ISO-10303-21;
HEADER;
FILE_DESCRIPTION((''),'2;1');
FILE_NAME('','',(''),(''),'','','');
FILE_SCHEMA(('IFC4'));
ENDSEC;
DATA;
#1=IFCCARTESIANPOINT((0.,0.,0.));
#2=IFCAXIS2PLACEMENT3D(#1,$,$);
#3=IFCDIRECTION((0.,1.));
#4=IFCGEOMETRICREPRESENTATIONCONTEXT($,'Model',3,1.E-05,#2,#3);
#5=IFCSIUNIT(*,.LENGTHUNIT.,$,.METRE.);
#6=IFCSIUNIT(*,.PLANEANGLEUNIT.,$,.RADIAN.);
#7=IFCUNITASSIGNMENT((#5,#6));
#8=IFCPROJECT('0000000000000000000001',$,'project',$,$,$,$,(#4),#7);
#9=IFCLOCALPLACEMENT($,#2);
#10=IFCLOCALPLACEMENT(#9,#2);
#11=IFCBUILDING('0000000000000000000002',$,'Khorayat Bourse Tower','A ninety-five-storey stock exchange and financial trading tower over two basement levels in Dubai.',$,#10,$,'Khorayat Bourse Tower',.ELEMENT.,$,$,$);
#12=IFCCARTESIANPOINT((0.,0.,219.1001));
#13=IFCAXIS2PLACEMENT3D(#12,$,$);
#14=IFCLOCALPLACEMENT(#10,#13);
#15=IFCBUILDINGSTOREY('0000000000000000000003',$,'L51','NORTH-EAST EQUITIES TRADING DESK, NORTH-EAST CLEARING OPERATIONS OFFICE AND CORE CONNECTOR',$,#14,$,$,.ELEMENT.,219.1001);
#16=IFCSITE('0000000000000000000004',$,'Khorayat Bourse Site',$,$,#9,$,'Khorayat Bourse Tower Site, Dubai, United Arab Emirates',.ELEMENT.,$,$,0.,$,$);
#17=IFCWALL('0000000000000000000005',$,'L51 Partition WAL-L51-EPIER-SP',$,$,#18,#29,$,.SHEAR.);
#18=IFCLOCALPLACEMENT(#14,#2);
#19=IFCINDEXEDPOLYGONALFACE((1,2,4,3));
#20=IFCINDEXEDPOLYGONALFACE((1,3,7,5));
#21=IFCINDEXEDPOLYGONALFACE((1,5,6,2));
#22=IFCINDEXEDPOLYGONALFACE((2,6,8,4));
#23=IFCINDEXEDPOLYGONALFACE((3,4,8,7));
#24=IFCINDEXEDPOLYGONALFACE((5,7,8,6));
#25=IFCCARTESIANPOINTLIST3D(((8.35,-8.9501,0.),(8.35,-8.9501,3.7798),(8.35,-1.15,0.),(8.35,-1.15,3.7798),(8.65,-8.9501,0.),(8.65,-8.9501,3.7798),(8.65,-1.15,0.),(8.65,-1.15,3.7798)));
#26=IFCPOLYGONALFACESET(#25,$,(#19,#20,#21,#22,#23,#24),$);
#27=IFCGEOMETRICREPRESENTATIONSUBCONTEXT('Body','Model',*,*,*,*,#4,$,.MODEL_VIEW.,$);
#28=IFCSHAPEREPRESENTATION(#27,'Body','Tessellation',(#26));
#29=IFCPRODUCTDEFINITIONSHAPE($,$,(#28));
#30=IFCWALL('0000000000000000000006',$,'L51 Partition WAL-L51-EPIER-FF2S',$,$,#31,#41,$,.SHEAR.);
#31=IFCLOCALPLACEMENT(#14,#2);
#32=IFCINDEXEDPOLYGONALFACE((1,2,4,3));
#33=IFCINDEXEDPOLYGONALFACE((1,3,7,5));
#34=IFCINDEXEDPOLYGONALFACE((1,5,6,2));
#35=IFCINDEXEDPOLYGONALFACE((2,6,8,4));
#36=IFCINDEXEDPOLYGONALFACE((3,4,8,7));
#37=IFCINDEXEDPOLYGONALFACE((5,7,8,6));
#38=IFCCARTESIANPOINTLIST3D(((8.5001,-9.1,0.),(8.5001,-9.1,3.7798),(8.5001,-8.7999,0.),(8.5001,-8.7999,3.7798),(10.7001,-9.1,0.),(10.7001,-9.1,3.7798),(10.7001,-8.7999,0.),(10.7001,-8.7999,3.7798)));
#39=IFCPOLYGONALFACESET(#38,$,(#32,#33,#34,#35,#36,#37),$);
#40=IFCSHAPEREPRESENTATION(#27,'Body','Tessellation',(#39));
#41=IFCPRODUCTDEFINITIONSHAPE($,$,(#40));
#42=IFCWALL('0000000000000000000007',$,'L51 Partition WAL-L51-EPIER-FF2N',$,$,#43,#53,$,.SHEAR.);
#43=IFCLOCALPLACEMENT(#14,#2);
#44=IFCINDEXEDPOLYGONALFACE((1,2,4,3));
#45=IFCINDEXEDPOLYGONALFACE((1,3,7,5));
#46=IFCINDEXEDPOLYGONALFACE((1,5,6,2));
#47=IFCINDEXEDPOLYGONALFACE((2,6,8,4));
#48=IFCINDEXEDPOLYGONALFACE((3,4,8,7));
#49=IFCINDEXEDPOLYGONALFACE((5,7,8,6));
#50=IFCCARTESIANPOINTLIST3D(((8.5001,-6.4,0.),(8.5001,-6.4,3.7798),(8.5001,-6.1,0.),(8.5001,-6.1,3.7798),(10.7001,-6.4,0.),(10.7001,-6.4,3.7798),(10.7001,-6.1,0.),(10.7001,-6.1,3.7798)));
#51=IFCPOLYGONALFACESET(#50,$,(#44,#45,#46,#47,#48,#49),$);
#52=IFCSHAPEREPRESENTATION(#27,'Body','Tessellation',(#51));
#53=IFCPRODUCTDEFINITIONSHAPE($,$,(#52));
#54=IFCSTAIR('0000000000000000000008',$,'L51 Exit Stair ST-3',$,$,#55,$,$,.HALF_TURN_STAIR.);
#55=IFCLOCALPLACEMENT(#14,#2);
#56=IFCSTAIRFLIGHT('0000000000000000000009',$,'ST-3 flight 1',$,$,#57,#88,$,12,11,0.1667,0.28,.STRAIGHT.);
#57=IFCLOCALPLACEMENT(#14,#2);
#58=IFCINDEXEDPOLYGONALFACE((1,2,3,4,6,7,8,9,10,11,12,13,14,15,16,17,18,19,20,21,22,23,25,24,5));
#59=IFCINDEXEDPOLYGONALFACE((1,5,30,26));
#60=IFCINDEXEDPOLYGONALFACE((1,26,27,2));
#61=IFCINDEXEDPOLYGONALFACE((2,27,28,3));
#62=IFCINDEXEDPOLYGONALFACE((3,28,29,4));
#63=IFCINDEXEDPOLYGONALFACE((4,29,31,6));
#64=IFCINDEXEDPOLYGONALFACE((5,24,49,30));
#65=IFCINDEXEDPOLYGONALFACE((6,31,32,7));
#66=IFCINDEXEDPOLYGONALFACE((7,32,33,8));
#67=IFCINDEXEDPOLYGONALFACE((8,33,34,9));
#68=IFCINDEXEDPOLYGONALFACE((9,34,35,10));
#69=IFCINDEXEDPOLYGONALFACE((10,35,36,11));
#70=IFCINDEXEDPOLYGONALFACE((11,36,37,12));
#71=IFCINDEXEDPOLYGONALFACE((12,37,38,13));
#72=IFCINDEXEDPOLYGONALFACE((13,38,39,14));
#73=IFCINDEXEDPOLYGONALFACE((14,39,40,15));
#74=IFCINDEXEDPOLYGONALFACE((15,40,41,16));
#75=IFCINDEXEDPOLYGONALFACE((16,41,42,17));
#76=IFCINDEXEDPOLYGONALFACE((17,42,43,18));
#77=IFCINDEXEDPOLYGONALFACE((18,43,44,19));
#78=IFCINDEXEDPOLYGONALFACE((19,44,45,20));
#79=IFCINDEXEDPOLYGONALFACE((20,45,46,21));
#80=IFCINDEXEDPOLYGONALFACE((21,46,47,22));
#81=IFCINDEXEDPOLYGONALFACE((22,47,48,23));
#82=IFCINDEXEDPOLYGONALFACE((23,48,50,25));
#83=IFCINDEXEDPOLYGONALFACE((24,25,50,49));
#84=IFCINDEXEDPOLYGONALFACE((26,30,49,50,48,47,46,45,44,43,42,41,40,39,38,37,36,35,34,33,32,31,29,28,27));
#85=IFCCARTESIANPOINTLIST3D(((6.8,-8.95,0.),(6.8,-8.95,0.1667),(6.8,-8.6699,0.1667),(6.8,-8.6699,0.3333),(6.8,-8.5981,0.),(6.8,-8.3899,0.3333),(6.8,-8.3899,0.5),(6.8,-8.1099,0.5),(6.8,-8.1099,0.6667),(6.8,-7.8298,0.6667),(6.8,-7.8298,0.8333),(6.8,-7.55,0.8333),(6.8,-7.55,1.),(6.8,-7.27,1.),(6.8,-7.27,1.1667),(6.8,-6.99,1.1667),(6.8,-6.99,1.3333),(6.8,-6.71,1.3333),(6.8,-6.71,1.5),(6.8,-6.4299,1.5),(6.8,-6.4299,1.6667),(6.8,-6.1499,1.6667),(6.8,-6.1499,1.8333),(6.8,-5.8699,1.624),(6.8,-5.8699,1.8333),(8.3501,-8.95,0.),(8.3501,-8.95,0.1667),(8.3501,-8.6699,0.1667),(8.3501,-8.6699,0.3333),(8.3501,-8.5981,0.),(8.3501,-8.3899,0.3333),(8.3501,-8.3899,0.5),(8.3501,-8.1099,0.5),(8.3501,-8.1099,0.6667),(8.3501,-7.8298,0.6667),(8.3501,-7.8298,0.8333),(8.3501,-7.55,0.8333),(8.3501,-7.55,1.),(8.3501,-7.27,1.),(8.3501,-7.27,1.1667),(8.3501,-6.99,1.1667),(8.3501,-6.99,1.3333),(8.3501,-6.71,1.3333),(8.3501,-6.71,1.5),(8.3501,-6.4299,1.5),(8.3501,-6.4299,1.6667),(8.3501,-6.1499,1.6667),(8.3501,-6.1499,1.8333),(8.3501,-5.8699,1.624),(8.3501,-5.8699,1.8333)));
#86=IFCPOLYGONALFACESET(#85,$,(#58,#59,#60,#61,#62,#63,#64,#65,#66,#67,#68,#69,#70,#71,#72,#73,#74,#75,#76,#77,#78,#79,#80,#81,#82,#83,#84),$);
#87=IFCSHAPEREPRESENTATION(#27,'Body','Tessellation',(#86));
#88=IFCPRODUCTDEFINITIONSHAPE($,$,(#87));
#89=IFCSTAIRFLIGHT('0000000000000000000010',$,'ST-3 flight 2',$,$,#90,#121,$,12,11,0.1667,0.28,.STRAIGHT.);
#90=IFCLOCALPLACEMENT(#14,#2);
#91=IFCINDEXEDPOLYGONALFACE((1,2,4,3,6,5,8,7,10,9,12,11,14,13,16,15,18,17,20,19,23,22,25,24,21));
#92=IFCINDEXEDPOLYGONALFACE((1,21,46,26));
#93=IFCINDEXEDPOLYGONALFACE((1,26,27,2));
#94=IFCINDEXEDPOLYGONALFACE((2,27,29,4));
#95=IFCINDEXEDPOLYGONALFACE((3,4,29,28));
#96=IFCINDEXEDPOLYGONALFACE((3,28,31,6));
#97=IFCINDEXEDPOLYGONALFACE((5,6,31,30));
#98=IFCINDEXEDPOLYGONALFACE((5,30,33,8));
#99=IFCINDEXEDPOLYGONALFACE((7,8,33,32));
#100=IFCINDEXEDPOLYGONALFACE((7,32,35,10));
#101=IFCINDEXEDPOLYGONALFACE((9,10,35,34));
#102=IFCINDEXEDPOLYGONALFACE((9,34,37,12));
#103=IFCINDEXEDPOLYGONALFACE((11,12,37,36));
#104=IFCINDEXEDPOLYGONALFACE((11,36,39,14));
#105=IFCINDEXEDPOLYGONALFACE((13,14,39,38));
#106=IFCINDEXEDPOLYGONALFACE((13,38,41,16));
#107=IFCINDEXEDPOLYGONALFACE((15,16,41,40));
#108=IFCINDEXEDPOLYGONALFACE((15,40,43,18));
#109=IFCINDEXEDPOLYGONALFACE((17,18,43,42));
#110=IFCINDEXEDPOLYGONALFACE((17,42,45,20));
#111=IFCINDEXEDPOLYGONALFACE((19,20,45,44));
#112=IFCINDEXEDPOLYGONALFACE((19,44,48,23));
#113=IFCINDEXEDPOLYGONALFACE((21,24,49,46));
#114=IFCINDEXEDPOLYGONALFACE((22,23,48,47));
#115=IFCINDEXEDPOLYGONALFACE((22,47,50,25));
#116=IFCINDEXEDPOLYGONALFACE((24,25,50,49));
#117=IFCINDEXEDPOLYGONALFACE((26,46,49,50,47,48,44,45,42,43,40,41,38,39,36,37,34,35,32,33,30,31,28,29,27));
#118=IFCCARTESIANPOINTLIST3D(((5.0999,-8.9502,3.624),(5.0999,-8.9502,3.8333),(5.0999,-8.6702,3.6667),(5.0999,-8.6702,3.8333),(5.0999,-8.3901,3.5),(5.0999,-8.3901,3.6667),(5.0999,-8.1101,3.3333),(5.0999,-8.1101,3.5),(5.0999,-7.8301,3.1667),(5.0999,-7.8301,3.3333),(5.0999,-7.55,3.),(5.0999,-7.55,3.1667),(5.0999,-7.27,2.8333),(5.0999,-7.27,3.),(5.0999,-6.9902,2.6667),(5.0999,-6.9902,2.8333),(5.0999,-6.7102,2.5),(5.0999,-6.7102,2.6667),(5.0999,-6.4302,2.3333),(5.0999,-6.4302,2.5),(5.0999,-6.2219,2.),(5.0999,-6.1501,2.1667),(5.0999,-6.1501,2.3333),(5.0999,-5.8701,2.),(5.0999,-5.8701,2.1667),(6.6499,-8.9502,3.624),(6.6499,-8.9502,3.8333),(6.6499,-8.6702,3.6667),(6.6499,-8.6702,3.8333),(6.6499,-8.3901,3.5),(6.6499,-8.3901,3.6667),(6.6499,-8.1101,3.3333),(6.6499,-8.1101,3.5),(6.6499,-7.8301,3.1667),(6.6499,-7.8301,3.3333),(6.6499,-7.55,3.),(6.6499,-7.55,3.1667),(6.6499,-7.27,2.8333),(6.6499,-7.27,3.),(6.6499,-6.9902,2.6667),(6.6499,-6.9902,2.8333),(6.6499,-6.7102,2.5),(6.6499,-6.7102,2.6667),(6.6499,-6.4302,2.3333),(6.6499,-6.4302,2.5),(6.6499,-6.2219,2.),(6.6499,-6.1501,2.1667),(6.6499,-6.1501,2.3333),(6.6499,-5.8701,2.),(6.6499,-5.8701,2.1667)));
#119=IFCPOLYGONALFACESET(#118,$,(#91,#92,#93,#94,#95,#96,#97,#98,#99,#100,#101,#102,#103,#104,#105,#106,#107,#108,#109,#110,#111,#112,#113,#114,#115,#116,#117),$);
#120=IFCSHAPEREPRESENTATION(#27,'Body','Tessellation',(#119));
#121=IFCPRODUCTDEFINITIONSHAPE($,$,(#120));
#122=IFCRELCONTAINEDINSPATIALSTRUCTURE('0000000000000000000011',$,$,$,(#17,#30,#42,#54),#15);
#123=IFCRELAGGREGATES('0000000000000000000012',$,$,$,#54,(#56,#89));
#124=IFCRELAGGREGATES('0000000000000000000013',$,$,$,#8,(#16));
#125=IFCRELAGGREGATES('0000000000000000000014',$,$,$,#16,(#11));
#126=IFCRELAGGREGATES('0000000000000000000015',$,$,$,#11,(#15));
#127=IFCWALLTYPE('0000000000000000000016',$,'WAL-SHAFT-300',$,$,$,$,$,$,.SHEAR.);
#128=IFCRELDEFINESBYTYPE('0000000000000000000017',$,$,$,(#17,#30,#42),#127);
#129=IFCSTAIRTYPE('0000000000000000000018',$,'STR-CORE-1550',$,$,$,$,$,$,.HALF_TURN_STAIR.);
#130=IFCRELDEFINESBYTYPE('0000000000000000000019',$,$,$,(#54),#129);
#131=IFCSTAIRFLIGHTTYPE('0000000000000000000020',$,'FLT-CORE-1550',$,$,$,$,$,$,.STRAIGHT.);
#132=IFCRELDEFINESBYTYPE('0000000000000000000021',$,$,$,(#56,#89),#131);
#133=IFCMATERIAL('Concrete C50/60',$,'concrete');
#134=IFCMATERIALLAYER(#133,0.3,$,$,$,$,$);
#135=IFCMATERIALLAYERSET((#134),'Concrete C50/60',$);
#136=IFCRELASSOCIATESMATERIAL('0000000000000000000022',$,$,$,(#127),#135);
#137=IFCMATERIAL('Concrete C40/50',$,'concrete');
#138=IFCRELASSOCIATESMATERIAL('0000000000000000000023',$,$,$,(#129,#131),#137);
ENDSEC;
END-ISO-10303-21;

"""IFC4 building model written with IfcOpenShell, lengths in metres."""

from ifc_helpers import new_model, si_unit, direction, frame, frame_2d, origin, place, context, subcontext, project, spatial, polyline, rectangle, outline, extrude, source, transform, mapped, material, layer, layer_set, type_object, element, aggregate, save


model = new_model("IFC4")

# Units and contexts
model_context = context("Model", 3, precision=1e-05, world=origin(), true_north=direction((0.0, 1.0)))
body_context = subcontext(model_context, "Body", "Model", "MODEL_VIEW")
ifc_project = project(units=[si_unit("LENGTHUNIT", "METRE"), si_unit("PLANEANGLEUNIT", "RADIAN")], contexts=[model_context])

# Site, building, storey
site_placement = place(None, origin())
site = spatial("IfcSite", under=ifc_project, at=site_placement, Name="Khorayat Bourse Site", LongName="Khorayat Bourse Tower Site, Dubai, United Arab Emirates", CompositionType="ELEMENT", RefElevation=0.0)
building_placement = place(site_placement, origin())
building = spatial("IfcBuilding", under=site, at=building_placement, Name="Khorayat Bourse Tower", Description="A ninety-five-storey stock exchange and financial trading tower over two basement levels in Dubai.", LongName="Khorayat Bourse Tower", CompositionType="ELEMENT")
storey_placement = place(building_placement, frame((0.0, 0.0, 219.1001)))
storey = spatial("IfcBuildingStorey", under=building, at=storey_placement, Name="L51", Description="NORTH-EAST EQUITIES TRADING DESK, NORTH-EAST CLEARING OPERATIONS OFFICE AND CORE CONNECTOR", CompositionType="ELEMENT", Elevation=219.1001)

# Walls
ifc_material_1 = material(Name="Concrete C50/60", Category="concrete")
ifc_layer_1 = layer(ifc_material_1, 0.3)
ifc_layer_set_1 = layer_set([ifc_layer_1], Name="Concrete C50/60")
wall_type_1 = type_object("IfcWallType", Name="WAL-SHAFT-300", PredefinedType="SHEAR", material=ifc_layer_set_1)
shared_shape_1 = source(origin(), body_context, "Body", "SweptSolid", [
    extrude(rectangle(XDim=7.8, YDim=0.3, at=frame_2d((3.8999, 0.0))), origin(), (0.0, 0.0, 1.0), 3.7798),
])
wall_1_placement = place(storey_placement, frame((8.5, -8.95, 0.0), z_axis=(0.0, 0.0, 1.0), x_axis=(0.0, 1.0, 0.0)))
element("IfcWall", 1, at=wall_1_placement, inside=storey, type_object=wall_type_1, Name="L51 Partition WAL-L51-EPIER-SP", PredefinedType="SHEAR", context=body_context, shape_type="MappedRepresentation", body=[
    mapped(shared_shape_1, transform((0.0, 0.0, 0.0), scale=1.0)),
])
shared_shape_2 = source(origin(), body_context, "Body", "SweptSolid", [
    extrude(rectangle(XDim=2.2, YDim=0.3, at=frame_2d((1.1001, 0.0))), origin(), (0.0, 0.0, 1.0), 3.7798),
])
for number, where, z_axis, x_axis, name in (
    (2, (8.5, -8.95, 0.0), (0.0, 0.0, 1.0), (1.0, 0.0, 0.0), "L51 Partition WAL-L51-EPIER-FF2S"),
    (3, (8.5, -6.25, 0.0), (0.0, 0.0, 1.0), (1.0, 0.0, 0.0), "L51 Partition WAL-L51-EPIER-FF2N"),
):
    element("IfcWall", number, at=place(storey_placement, frame(where, z_axis=z_axis, x_axis=x_axis)), inside=storey, type_object=wall_type_1, Name=name, PredefinedType="SHEAR", context=body_context, shape_type="MappedRepresentation", body=[
        mapped(shared_shape_2, transform((0.0, 0.0, 0.0), scale=1.0)),
    ])

# Stair, stair flights
ifc_material_2 = material(Name="Concrete C40/50", Category="concrete")
stair_type = type_object("IfcStairType", Name="STR-CORE-1550", PredefinedType="HALF_TURN_STAIR", material=ifc_material_2)
stair_placement = place(storey_placement, origin())
stair = element("IfcStair", 4, at=stair_placement, inside=storey, type_object=stair_type, Name="L51 Exit Stair ST-3", PredefinedType="HALF_TURN_STAIR")
stair_flight_type = type_object("IfcStairFlightType", Name="FLT-CORE-1550", PredefinedType="STRAIGHT", material=ifc_material_2)
shared_shape_3 = source(origin(), body_context, "Body", "SweptSolid", [
    extrude(outline(polyline([(0.0, 0.0), (0.0, 0.1667), (0.28, 0.1667), (0.28, 0.3333), (0.5601, 0.3333), (0.5601, 0.5), (0.8401, 0.5), (0.8401, 0.6667), (1.1201, 0.6667), (1.1201, 0.8333), (1.3999, 0.8333), (1.3999, 1.0), (1.6799, 1.0), (1.6799, 1.1667), (1.96, 1.1667), (1.96, 1.3333), (2.24, 1.3333), (2.24, 1.5), (2.52, 1.5), (2.52, 1.6667), (2.8, 1.6667), (2.8, 1.8333), (3.0801, 1.8333), (3.0801, 2.0), (3.0801, 1.624), (0.3518, 0.0), (0.0, 0.0)])), frame((0.0, 0.7749, 0.0), z_axis=(0.0, -1.0, 0.0), x_axis=(1.0, 0.0, 0.0)), (0.0, 0.0, 1.0), 1.55),
])
stair_flight_1_placement = place(storey_placement, frame((7.575, -8.95, 0.0), z_axis=(0.0, 0.0, 1.0), x_axis=(0.0, 1.0, 0.0)))
stair_flight_1 = element("IfcStairFlight", 5, at=stair_flight_1_placement, type_object=stair_flight_type, Name="ST-3 flight 1", NumberOfRisers=12, NumberOfTreads=11, PredefinedType="STRAIGHT", RiserHeight=0.1667, TreadLength=0.28, context=body_context, shape_type="MappedRepresentation", body=[
    mapped(shared_shape_3, transform((0.0, 0.0, 0.0), scale=1.0)),
])
stair_flight_2_placement = place(storey_placement, frame((5.875, -5.8701, 2.0), z_axis=(0.0, 0.0, 1.0), x_axis=(0.0, -1.0, 0.0)))
stair_flight_2 = element("IfcStairFlight", 6, at=stair_flight_2_placement, type_object=stair_flight_type, Name="ST-3 flight 2", NumberOfRisers=12, NumberOfTreads=11, PredefinedType="STRAIGHT", RiserHeight=0.1667, TreadLength=0.28, context=body_context, shape_type="MappedRepresentation", body=[
    mapped(shared_shape_3, transform((0.0, 0.0, 0.0), scale=1.0)),
])
aggregate(stair, [stair_flight_1, stair_flight_2])

save(model, "model.ifc")
